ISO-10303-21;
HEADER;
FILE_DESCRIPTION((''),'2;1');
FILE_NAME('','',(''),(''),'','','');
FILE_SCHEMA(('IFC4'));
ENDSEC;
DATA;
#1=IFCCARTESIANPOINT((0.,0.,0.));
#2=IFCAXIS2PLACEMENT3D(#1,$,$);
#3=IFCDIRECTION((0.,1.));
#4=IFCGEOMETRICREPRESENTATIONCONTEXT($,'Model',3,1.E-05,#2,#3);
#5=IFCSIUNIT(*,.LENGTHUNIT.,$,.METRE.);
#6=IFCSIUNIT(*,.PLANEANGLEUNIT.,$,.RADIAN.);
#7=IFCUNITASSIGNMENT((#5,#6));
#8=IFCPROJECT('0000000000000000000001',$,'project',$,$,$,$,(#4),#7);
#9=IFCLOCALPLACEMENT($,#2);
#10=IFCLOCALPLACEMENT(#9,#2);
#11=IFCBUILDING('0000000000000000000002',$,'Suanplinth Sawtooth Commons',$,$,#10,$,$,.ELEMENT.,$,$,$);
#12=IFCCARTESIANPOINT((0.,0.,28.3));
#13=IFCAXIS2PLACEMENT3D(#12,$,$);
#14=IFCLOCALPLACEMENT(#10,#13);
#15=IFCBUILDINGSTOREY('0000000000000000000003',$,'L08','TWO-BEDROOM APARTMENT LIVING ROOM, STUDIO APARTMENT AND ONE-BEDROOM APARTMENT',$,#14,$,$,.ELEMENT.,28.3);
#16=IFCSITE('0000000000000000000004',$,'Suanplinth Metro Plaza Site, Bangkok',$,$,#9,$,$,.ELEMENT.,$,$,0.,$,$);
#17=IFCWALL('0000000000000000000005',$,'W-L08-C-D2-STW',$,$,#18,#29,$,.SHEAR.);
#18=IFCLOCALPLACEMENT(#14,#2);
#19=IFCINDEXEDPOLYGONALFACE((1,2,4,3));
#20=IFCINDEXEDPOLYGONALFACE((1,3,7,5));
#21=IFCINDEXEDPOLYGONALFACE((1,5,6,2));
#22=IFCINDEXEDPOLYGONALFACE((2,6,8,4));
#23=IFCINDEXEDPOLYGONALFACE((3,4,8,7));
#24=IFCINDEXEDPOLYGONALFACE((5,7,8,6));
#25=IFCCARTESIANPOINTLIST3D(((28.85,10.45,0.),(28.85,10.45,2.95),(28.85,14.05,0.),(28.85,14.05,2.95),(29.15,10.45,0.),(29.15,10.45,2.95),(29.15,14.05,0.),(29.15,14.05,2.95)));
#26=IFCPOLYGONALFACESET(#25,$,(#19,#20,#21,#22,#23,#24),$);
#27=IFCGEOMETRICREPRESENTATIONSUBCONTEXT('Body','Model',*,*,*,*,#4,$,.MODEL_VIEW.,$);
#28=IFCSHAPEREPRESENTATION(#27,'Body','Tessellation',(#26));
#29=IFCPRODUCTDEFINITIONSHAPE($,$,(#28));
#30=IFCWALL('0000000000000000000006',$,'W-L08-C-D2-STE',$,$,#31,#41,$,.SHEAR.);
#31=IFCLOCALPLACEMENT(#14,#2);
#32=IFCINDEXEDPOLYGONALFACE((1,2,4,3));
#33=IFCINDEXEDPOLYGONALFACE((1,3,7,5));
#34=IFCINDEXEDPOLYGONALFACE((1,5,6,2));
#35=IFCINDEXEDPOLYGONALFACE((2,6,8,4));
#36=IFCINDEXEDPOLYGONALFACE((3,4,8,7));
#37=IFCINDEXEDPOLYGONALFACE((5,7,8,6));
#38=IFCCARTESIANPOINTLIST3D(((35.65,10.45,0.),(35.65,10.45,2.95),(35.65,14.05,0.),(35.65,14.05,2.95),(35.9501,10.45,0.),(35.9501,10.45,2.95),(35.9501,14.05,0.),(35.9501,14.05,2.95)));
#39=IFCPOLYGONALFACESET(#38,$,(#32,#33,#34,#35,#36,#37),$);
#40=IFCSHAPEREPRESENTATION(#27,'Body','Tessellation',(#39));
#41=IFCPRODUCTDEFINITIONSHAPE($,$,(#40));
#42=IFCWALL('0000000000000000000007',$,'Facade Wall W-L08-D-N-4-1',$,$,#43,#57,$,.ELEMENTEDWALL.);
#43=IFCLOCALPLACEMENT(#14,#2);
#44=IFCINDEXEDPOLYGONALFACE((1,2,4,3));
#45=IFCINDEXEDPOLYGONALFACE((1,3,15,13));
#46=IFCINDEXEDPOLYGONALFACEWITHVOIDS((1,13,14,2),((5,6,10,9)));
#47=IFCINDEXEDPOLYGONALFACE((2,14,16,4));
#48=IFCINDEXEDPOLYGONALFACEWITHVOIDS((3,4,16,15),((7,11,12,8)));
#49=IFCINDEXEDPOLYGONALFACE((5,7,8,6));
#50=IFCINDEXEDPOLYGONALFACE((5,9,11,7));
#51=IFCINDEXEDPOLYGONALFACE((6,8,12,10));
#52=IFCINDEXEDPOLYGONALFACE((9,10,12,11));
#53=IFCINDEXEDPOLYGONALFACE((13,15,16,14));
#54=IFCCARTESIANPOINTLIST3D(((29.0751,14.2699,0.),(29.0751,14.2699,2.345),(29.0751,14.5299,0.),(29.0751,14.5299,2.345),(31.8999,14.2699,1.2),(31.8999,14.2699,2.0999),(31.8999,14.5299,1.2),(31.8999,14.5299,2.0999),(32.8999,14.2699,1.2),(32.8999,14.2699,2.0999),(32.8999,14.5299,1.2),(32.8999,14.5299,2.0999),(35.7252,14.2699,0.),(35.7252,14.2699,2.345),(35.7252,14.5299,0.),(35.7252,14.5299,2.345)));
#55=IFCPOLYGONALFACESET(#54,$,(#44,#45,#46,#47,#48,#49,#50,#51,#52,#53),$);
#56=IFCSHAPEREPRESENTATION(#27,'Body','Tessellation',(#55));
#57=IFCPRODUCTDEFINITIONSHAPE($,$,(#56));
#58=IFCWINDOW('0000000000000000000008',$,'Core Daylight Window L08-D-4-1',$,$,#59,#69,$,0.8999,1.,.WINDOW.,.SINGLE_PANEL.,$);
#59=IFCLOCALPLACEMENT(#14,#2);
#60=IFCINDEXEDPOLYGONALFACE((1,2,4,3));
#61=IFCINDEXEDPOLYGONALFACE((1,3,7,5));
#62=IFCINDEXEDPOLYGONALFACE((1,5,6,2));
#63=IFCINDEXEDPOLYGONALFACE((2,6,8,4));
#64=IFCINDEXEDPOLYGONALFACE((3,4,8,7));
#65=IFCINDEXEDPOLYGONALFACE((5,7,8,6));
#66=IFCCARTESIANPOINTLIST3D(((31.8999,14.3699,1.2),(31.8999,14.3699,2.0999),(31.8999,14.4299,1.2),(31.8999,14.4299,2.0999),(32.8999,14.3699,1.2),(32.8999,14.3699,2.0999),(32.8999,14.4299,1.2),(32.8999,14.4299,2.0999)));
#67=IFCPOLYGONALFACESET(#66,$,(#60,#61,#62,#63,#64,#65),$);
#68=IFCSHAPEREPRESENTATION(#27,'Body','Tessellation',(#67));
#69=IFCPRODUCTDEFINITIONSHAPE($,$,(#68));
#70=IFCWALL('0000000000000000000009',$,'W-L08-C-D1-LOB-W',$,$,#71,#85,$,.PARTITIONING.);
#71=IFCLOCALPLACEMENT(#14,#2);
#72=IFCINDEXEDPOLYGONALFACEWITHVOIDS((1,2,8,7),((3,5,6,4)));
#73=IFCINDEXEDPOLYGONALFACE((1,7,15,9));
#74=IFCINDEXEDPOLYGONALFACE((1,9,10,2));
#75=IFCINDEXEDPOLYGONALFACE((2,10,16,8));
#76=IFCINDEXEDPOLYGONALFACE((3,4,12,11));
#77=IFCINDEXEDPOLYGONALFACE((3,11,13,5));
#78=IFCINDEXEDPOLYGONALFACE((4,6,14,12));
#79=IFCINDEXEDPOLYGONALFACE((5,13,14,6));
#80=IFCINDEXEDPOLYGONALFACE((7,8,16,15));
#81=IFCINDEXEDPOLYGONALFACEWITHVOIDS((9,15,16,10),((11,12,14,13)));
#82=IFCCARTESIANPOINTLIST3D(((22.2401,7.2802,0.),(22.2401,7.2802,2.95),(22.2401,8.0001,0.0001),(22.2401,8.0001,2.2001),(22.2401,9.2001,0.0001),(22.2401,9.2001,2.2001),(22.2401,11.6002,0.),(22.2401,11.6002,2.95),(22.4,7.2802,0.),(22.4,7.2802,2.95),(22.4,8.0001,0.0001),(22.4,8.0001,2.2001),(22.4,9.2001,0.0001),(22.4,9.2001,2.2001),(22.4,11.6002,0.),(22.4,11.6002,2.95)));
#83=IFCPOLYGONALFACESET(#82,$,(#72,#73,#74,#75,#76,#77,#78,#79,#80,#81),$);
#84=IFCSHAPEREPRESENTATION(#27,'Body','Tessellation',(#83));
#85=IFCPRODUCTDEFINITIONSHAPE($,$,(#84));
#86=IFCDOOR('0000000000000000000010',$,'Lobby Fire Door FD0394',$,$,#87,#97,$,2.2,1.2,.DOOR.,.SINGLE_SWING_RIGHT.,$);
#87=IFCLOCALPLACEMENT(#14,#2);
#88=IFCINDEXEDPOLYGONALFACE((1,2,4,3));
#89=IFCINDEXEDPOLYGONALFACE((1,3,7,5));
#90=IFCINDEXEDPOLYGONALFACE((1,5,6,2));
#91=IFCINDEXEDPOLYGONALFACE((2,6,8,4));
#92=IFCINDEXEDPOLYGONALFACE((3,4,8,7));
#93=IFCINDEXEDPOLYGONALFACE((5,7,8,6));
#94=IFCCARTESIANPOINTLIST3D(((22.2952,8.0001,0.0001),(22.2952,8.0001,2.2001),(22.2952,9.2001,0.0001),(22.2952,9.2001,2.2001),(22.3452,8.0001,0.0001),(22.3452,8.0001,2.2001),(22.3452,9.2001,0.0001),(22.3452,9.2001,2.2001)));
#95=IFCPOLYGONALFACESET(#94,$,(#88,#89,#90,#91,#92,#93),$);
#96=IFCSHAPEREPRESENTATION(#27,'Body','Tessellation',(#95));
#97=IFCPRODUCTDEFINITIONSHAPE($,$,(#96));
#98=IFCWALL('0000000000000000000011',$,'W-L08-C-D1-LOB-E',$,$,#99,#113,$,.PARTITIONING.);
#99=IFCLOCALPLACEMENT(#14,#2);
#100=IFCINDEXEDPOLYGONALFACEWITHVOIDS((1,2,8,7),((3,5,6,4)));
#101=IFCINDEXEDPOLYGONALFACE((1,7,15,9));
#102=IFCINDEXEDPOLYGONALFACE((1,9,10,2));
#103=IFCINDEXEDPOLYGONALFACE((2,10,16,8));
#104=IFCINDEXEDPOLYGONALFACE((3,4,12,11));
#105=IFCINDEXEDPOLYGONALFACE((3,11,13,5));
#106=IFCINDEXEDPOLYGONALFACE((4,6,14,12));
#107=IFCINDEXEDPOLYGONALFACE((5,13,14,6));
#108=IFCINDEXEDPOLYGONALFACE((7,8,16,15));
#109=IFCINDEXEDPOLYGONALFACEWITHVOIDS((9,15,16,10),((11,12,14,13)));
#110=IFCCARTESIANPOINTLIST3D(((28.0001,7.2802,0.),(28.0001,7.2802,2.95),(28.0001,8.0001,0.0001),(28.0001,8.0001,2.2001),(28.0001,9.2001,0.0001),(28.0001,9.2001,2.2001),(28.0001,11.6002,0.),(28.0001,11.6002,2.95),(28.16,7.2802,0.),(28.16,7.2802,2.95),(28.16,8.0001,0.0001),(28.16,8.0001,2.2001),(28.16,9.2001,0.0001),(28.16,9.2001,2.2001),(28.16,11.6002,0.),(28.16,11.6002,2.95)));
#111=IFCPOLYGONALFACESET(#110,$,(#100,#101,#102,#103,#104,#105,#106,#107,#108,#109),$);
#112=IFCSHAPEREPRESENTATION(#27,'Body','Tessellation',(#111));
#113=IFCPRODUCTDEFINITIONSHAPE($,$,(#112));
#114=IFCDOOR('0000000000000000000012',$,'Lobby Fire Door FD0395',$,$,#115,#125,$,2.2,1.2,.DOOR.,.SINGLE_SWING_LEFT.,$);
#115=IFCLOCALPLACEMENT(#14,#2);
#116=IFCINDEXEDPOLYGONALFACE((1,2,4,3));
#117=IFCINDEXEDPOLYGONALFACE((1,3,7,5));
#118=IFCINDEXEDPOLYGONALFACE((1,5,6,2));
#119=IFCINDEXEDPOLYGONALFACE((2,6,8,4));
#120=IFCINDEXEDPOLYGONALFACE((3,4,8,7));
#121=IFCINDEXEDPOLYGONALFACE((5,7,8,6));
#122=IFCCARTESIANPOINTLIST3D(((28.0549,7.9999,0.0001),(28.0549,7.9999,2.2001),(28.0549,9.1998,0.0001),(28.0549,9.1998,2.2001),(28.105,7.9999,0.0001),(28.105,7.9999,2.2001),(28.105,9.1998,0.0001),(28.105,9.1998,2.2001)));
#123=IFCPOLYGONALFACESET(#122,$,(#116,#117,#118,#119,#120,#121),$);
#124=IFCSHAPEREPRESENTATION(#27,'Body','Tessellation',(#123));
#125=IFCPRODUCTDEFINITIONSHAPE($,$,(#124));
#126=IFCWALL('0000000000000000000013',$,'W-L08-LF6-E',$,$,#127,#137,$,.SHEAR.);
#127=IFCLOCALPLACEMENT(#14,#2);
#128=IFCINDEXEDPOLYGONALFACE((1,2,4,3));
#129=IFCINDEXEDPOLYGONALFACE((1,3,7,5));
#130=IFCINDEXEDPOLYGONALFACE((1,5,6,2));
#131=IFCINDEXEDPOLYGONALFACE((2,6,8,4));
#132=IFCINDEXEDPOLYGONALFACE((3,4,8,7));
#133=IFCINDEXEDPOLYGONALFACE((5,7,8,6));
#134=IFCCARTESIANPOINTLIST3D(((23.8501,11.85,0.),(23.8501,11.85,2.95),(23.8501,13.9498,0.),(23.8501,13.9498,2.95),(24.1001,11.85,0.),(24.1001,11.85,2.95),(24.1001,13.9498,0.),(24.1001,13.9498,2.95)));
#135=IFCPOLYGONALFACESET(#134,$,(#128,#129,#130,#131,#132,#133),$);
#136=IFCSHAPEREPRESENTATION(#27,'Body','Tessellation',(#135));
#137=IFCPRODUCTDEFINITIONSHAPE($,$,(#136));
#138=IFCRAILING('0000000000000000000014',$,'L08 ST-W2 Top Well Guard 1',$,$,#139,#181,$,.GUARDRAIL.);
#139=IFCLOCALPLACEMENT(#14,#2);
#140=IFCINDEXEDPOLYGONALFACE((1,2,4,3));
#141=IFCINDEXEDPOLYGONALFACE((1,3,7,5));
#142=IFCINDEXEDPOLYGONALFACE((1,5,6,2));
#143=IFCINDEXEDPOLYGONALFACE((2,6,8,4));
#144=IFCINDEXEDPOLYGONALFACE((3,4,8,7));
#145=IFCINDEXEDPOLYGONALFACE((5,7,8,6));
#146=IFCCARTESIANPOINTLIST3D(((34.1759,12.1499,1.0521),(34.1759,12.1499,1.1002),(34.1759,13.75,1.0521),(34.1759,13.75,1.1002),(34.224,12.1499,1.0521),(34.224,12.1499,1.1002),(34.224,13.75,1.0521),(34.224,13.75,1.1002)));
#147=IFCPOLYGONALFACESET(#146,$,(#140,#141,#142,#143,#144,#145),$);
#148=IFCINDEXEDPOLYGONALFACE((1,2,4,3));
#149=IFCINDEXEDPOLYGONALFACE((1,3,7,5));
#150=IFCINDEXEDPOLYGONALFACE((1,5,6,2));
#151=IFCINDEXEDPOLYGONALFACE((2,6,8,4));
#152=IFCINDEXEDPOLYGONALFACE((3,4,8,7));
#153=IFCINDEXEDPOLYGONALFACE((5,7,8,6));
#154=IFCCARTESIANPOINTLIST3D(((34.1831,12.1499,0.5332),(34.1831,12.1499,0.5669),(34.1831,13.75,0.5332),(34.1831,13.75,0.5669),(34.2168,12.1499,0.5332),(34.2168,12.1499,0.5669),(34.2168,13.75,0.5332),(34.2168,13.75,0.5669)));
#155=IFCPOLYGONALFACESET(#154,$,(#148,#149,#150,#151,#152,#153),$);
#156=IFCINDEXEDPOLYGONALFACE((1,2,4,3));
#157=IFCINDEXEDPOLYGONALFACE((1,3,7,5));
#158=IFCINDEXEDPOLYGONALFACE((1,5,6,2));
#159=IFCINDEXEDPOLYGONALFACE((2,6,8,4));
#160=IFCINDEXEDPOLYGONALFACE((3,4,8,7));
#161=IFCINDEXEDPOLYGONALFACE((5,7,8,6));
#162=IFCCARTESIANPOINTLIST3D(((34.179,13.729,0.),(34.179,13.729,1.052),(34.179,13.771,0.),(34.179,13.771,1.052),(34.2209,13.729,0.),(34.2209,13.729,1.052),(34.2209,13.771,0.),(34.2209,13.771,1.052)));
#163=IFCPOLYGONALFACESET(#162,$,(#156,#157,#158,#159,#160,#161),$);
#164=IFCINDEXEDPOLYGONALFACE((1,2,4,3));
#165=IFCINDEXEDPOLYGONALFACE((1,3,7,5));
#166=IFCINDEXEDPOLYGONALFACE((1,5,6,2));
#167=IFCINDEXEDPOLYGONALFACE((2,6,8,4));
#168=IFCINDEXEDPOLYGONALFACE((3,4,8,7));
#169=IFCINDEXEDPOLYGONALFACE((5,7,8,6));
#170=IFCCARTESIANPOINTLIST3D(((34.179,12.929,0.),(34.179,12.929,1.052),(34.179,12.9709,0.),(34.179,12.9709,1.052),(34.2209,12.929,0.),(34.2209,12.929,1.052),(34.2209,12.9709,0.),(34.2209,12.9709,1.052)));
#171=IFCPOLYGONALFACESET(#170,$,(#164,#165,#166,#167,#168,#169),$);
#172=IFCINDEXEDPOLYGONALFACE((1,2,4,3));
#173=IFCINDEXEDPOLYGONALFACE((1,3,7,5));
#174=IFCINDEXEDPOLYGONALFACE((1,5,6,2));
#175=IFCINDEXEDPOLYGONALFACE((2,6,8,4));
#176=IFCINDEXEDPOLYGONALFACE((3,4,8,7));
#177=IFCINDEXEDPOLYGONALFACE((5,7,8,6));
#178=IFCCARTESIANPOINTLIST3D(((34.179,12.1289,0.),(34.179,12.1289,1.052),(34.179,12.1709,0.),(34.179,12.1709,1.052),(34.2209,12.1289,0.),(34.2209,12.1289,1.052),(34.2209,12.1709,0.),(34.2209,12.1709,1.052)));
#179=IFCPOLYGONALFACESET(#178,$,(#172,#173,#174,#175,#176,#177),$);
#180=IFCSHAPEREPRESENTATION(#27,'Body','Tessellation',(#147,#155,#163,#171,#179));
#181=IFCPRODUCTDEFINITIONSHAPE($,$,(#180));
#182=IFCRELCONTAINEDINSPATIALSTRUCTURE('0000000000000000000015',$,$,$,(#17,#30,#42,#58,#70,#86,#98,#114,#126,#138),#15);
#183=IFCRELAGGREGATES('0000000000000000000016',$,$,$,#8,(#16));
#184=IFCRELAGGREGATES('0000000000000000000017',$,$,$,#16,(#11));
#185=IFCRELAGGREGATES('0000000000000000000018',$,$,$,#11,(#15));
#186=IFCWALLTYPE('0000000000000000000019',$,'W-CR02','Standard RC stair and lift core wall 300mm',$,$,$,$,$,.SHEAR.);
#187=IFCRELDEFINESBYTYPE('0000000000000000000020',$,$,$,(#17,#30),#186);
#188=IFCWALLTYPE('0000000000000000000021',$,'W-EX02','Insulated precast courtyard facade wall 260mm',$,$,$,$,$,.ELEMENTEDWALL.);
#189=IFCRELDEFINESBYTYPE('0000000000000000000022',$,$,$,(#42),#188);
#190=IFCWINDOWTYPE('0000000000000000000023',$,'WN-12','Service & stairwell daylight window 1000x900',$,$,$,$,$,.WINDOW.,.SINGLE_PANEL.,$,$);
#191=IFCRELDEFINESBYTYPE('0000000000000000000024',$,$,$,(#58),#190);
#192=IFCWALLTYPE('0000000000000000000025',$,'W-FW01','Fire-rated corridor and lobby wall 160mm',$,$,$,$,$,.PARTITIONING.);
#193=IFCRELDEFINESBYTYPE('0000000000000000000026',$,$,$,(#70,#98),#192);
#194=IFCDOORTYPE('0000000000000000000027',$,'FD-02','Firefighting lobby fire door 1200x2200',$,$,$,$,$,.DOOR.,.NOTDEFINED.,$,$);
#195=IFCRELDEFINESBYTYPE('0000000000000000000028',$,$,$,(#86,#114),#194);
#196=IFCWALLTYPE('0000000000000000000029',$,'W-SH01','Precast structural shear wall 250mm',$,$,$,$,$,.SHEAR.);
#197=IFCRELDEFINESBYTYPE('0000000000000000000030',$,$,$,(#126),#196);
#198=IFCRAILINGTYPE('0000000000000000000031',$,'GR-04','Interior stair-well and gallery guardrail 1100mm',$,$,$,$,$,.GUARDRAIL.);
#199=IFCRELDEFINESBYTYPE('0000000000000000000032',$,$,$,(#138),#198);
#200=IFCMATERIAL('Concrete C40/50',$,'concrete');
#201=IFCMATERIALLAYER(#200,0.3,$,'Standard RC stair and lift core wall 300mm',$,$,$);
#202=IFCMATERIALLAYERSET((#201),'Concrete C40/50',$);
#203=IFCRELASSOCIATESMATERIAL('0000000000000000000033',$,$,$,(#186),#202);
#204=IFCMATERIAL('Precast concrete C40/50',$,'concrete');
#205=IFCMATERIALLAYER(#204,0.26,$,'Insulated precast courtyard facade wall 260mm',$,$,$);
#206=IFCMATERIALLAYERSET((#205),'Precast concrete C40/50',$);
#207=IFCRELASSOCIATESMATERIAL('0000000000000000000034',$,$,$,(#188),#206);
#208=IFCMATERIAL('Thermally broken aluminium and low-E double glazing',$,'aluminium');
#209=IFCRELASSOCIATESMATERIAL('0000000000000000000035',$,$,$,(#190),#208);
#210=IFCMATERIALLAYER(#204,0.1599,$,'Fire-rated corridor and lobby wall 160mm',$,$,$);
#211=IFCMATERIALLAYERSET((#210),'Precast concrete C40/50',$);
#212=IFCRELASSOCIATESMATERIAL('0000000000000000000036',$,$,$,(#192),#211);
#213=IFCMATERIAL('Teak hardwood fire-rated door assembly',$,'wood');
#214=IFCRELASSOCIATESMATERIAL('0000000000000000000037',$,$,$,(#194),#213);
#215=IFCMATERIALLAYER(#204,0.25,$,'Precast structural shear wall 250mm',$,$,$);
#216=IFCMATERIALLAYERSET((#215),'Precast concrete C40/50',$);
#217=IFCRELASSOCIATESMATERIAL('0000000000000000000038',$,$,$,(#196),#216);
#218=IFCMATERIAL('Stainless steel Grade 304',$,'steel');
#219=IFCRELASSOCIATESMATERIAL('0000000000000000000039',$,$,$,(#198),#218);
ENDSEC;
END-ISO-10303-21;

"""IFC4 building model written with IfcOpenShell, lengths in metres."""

from ifc_helpers import new_model, si_unit, direction, frame, frame_2d, origin, origin_2d, place, context, subcontext, project, spatial, rectangle, extrude, material, layer, layer_set, type_object, element, fill, save


model = new_model("IFC4")

# Units and contexts
model_context = context("Model", 3, precision=1e-05, world=origin(), true_north=direction((0.0, 1.0)))
body_context = subcontext(model_context, "Body", "Model", "MODEL_VIEW")
ifc_project = project(units=[si_unit("LENGTHUNIT", "METRE"), si_unit("PLANEANGLEUNIT", "RADIAN")], contexts=[model_context])

# Site, building, storey
site_placement = place(None, origin())
site = spatial("IfcSite", under=ifc_project, at=site_placement, Name="Suanplinth Metro Plaza Site, Bangkok", CompositionType="ELEMENT", RefElevation=0.0)
building_placement = place(site_placement, origin())
building = spatial("IfcBuilding", under=site, at=building_placement, Name="Suanplinth Sawtooth Commons", CompositionType="ELEMENT")
storey_placement = place(building_placement, frame((0.0, 0.0, 28.3)))
storey = spatial("IfcBuildingStorey", under=building, at=storey_placement, Name="L08", Description="TWO-BEDROOM APARTMENT LIVING ROOM, STUDIO APARTMENT AND ONE-BEDROOM APARTMENT", CompositionType="ELEMENT", Elevation=28.3)

# Shared definitions
ifc_material_1 = material(Name="Precast concrete C40/50", Category="concrete")

# Shared definitions
ifc_material_2 = material(Name="Concrete C40/50", Category="concrete")
ifc_layer_1 = layer(ifc_material_2, 0.3, Name="Standard RC stair and lift core wall 300mm")
ifc_layer_set_1 = layer_set([ifc_layer_1], Name="Concrete C40/50")
wall_type_1 = type_object("IfcWallType", Name="W-CR02", Description="Standard RC stair and lift core wall 300mm", PredefinedType="SHEAR", material=ifc_layer_set_1)
ifc_material_3 = material(Name="Teak hardwood fire-rated door assembly", Category="wood")

# Walls
for number, where, z_axis, x_axis, name in (
    (1, (29.0, 10.45, 0.0), (0.0, 0.0, 1.0), (0.0, 1.0, 0.0), "W-L08-C-D2-STW"),
    (2, (35.8, 10.45, 0.0), (0.0, 0.0, 1.0), (0.0, 1.0, 0.0), "W-L08-C-D2-STE"),
):
    element("IfcWall", number, at=place(storey_placement, frame(where, z_axis=z_axis, x_axis=x_axis)), inside=storey, type_object=wall_type_1, Name=name, PredefinedType="SHEAR", context=body_context, shape_type="SweptSolid", body=[
        extrude(rectangle(XDim=3.6001, YDim=0.3, at=frame_2d((1.8, 0.0))), origin(), (0.0, 0.0, 1.0), 2.95),
    ])

# Wall, opening, window
ifc_layer_2 = layer(ifc_material_1, 0.26, Name="Insulated precast courtyard facade wall 260mm")
ifc_layer_set_2 = layer_set([ifc_layer_2], Name="Precast concrete C40/50")
wall_type_2 = type_object("IfcWallType", Name="W-EX02", Description="Insulated precast courtyard facade wall 260mm", PredefinedType="ELEMENTEDWALL", material=ifc_layer_set_2)
wall_1_placement = place(storey_placement, frame((29.075, 14.3999, 0.0), z_axis=(0.0, 0.0, 1.0), x_axis=(1.0, 0.0, 0.0)))
wall_1 = element("IfcWall", 3, at=wall_1_placement, inside=storey, type_object=wall_type_2, Name="Facade Wall W-L08-D-N-4-1", PredefinedType="ELEMENTEDWALL", context=body_context, shape_type="SweptSolid", body=[
    extrude(rectangle(XDim=6.6501, YDim=0.26, at=frame_2d((3.3252, 0.0))), origin(), (0.0, 0.0, 1.0), 2.345),
])
opening_1_placement = place(wall_1_placement, frame((2.825, 0.0, 1.2)))
opening_1 = element("IfcOpeningElement", 4, at=opening_1_placement, cuts=wall_1, PredefinedType="OPENING", context=body_context, shape_type="SweptSolid", body=[
    extrude(rectangle(XDim=1.0, YDim=0.8999, at=frame_2d((0.5, 0.45))), frame((0.0, 0.145, 0.0), z_axis=(0.0, -1.0, 0.0), x_axis=(1.0, 0.0, 0.0)), (0.0, 0.0, 1.0), 0.2898),
])
ifc_material_4 = material(Name="Thermally broken aluminium and low-E double glazing", Category="aluminium")
window_type = type_object("IfcWindowType", Name="WN-12", Description="Service & stairwell daylight window 1000x900", PartitioningType="SINGLE_PANEL", PredefinedType="WINDOW", material=ifc_material_4)
window_placement = place(opening_1_placement, origin())
window = element("IfcWindow", 5, at=window_placement, inside=storey, type_object=window_type, Name="Core Daylight Window L08-D-4-1", OverallHeight=0.8999, OverallWidth=1.0, PartitioningType="SINGLE_PANEL", PredefinedType="WINDOW", context=body_context, shape_type="SweptSolid", body=[
    extrude(rectangle(XDim=1.0, YDim=0.8999, at=frame_2d((0.5, 0.45))), frame((0.0, 0.03, 0.0), z_axis=(0.0, -1.0, 0.0), x_axis=(1.0, 0.0, 0.0)), (0.0, 0.0, 1.0), 0.0601),
])
fill(opening_1, window)

# Walls, openings, doors
ifc_layer_3 = layer(ifc_material_1, 0.1599, Name="Fire-rated corridor and lobby wall 160mm")
ifc_layer_set_3 = layer_set([ifc_layer_3], Name="Precast concrete C40/50")
wall_type_3 = type_object("IfcWallType", Name="W-FW01", Description="Fire-rated corridor and lobby wall 160mm", PredefinedType="PARTITIONING", material=ifc_layer_set_3)
wall_2_placement = place(storey_placement, frame((22.3201, 7.28, 0.0), z_axis=(0.0, 0.0, 1.0), x_axis=(0.0, 1.0, 0.0)))
wall_2 = element("IfcWall", 6, at=wall_2_placement, inside=storey, type_object=wall_type_3, Name="W-L08-C-D1-LOB-W", PredefinedType="PARTITIONING", context=body_context, shape_type="SweptSolid", body=[
    extrude(rectangle(XDim=4.3201, YDim=0.1599, at=frame_2d((2.1602, 0.0))), origin(), (0.0, 0.0, 1.0), 2.95),
])
opening_2_placement = place(wall_2_placement, frame((0.72, 0.0, 0.0)))
opening_2 = element("IfcOpeningElement", 7, at=opening_2_placement, cuts=wall_2, PredefinedType="OPENING", context=body_context, shape_type="SweptSolid", body=[
    extrude(rectangle(XDim=1.2, YDim=2.2, at=frame_2d((0.6001, 1.1001))), frame((0.0, 0.0947, 0.0), z_axis=(0.0, -1.0, 0.0), x_axis=(1.0, 0.0, 0.0)), (0.0, 0.0, 1.0), 0.1897),
])
door_type_1 = type_object("IfcDoorType", Name="FD-02", Description="Firefighting lobby fire door 1200x2200", OperationType="NOTDEFINED", PredefinedType="DOOR", material=ifc_material_3)
door_1_placement = place(opening_2_placement, origin())
door_1 = element("IfcDoor", 8, at=door_1_placement, inside=storey, type_object=door_type_1, Name="Lobby Fire Door FD0394", OperationType="SINGLE_SWING_RIGHT", OverallHeight=2.2, OverallWidth=1.2, PredefinedType="DOOR", context=body_context, shape_type="SweptSolid", body=[
    extrude(rectangle(XDim=1.2, YDim=2.2, at=frame_2d((0.6001, 1.1001))), frame((0.0, 0.0249, 0.0), z_axis=(0.0, -1.0, 0.0), x_axis=(1.0, 0.0, 0.0)), (0.0, 0.0, 1.0), 0.05),
])
fill(opening_2, door_1)
wall_3_placement = place(storey_placement, frame((28.0801, 7.28, 0.0), z_axis=(0.0, 0.0, 1.0), x_axis=(0.0, 1.0, 0.0)))
wall_3 = element("IfcWall", 9, at=wall_3_placement, inside=storey, type_object=wall_type_3, Name="W-L08-C-D1-LOB-E", PredefinedType="PARTITIONING", context=body_context, shape_type="SweptSolid", body=[
    extrude(rectangle(XDim=4.3201, YDim=0.1599, at=frame_2d((2.1602, 0.0))), origin(), (0.0, 0.0, 1.0), 2.95),
])
opening_3_placement = place(wall_3_placement, frame((0.72, 0.0, 0.0)))
opening_3 = element("IfcOpeningElement", 10, at=opening_3_placement, cuts=wall_3, PredefinedType="OPENING", context=body_context, shape_type="SweptSolid", body=[
    extrude(rectangle(XDim=1.2, YDim=2.2, at=frame_2d((0.6001, 1.1001))), frame((0.0, 0.0947, 0.0), z_axis=(0.0, -1.0, 0.0), x_axis=(1.0, 0.0, 0.0)), (0.0, 0.0, 1.0), 0.1897),
])
door_2_placement = place(opening_3_placement, frame((1.2, 0.0, 0.0), z_axis=(0.0, 0.0, 1.0), x_axis=(-1.0, 0.0, 0.0)))
door_2 = element("IfcDoor", 11, at=door_2_placement, inside=storey, type_object=door_type_1, Name="Lobby Fire Door FD0395", OperationType="SINGLE_SWING_LEFT", OverallHeight=2.2, OverallWidth=1.2, PredefinedType="DOOR", context=body_context, shape_type="SweptSolid", body=[
    extrude(rectangle(XDim=1.2, YDim=2.2, at=frame_2d((0.6001, 1.1001))), frame((0.0, 0.0249, 0.0), z_axis=(0.0, -1.0, 0.0), x_axis=(1.0, 0.0, 0.0)), (0.0, 0.0, 1.0), 0.05),
])
fill(opening_3, door_2)

# Wall
ifc_layer_4 = layer(ifc_material_1, 0.25, Name="Precast structural shear wall 250mm")
ifc_layer_set_4 = layer_set([ifc_layer_4], Name="Precast concrete C40/50")
wall_type_4 = type_object("IfcWallType", Name="W-SH01", Description="Precast structural shear wall 250mm", PredefinedType="SHEAR", material=ifc_layer_set_4)
wall_4_placement = place(storey_placement, frame((23.9751, 11.8501, 0.0), z_axis=(0.0, 0.0, 1.0), x_axis=(0.0, 1.0, 0.0)))
element("IfcWall", 12, at=wall_4_placement, inside=storey, type_object=wall_type_4, Name="W-L08-LF6-E", PredefinedType="SHEAR", context=body_context, shape_type="SweptSolid", body=[
    extrude(rectangle(XDim=2.0999, YDim=0.25, at=frame_2d((1.0498, 0.0))), origin(), (0.0, 0.0, 1.0), 2.95),
])

# Railing
ifc_material_5 = material(Name="Stainless steel Grade 304", Category="steel")
railing_type = type_object("IfcRailingType", Name="GR-04", Description="Interior stair-well and gallery guardrail 1100mm", PredefinedType="GUARDRAIL", material=ifc_material_5)
railing_placement = place(storey_placement, frame((34.2, 13.75, 0.0)))
element("IfcRailing", 13, at=railing_placement, inside=storey, type_object=railing_type, Name="L08 ST-W2 Top Well Guard 1", PredefinedType="GUARDRAIL", context=body_context, shape_type="SweptSolid", body=[
    extrude(rectangle(XDim=0.0481, YDim=0.0481, at=origin_2d()), frame((0.0, 0.0, 1.0762), z_axis=(0.0, -1.0, 0.0), x_axis=(1.0, 0.0, 0.0)), (0.0, 0.0, 1.0), 1.6001),
    extrude(rectangle(XDim=0.0337, YDim=0.0337, at=origin_2d()), frame((0.0, 0.0, 0.55), z_axis=(0.0, -1.0, 0.0), x_axis=(1.0, 0.0, 0.0)), (0.0, 0.0, 1.0), 1.6001),
    extrude(rectangle(XDim=0.042, YDim=0.042, at=origin_2d()), origin(), (0.0, 0.0, 1.0), 1.052),
    extrude(rectangle(XDim=0.042, YDim=0.042, at=origin_2d()), frame((0.0, -0.8, 0.0)), (0.0, 0.0, 1.0), 1.052),
    extrude(rectangle(XDim=0.042, YDim=0.042, at=origin_2d()), frame((0.0, -1.6001, 0.0)), (0.0, 0.0, 1.0), 1.052),
])

save(model, "model.ifc")
